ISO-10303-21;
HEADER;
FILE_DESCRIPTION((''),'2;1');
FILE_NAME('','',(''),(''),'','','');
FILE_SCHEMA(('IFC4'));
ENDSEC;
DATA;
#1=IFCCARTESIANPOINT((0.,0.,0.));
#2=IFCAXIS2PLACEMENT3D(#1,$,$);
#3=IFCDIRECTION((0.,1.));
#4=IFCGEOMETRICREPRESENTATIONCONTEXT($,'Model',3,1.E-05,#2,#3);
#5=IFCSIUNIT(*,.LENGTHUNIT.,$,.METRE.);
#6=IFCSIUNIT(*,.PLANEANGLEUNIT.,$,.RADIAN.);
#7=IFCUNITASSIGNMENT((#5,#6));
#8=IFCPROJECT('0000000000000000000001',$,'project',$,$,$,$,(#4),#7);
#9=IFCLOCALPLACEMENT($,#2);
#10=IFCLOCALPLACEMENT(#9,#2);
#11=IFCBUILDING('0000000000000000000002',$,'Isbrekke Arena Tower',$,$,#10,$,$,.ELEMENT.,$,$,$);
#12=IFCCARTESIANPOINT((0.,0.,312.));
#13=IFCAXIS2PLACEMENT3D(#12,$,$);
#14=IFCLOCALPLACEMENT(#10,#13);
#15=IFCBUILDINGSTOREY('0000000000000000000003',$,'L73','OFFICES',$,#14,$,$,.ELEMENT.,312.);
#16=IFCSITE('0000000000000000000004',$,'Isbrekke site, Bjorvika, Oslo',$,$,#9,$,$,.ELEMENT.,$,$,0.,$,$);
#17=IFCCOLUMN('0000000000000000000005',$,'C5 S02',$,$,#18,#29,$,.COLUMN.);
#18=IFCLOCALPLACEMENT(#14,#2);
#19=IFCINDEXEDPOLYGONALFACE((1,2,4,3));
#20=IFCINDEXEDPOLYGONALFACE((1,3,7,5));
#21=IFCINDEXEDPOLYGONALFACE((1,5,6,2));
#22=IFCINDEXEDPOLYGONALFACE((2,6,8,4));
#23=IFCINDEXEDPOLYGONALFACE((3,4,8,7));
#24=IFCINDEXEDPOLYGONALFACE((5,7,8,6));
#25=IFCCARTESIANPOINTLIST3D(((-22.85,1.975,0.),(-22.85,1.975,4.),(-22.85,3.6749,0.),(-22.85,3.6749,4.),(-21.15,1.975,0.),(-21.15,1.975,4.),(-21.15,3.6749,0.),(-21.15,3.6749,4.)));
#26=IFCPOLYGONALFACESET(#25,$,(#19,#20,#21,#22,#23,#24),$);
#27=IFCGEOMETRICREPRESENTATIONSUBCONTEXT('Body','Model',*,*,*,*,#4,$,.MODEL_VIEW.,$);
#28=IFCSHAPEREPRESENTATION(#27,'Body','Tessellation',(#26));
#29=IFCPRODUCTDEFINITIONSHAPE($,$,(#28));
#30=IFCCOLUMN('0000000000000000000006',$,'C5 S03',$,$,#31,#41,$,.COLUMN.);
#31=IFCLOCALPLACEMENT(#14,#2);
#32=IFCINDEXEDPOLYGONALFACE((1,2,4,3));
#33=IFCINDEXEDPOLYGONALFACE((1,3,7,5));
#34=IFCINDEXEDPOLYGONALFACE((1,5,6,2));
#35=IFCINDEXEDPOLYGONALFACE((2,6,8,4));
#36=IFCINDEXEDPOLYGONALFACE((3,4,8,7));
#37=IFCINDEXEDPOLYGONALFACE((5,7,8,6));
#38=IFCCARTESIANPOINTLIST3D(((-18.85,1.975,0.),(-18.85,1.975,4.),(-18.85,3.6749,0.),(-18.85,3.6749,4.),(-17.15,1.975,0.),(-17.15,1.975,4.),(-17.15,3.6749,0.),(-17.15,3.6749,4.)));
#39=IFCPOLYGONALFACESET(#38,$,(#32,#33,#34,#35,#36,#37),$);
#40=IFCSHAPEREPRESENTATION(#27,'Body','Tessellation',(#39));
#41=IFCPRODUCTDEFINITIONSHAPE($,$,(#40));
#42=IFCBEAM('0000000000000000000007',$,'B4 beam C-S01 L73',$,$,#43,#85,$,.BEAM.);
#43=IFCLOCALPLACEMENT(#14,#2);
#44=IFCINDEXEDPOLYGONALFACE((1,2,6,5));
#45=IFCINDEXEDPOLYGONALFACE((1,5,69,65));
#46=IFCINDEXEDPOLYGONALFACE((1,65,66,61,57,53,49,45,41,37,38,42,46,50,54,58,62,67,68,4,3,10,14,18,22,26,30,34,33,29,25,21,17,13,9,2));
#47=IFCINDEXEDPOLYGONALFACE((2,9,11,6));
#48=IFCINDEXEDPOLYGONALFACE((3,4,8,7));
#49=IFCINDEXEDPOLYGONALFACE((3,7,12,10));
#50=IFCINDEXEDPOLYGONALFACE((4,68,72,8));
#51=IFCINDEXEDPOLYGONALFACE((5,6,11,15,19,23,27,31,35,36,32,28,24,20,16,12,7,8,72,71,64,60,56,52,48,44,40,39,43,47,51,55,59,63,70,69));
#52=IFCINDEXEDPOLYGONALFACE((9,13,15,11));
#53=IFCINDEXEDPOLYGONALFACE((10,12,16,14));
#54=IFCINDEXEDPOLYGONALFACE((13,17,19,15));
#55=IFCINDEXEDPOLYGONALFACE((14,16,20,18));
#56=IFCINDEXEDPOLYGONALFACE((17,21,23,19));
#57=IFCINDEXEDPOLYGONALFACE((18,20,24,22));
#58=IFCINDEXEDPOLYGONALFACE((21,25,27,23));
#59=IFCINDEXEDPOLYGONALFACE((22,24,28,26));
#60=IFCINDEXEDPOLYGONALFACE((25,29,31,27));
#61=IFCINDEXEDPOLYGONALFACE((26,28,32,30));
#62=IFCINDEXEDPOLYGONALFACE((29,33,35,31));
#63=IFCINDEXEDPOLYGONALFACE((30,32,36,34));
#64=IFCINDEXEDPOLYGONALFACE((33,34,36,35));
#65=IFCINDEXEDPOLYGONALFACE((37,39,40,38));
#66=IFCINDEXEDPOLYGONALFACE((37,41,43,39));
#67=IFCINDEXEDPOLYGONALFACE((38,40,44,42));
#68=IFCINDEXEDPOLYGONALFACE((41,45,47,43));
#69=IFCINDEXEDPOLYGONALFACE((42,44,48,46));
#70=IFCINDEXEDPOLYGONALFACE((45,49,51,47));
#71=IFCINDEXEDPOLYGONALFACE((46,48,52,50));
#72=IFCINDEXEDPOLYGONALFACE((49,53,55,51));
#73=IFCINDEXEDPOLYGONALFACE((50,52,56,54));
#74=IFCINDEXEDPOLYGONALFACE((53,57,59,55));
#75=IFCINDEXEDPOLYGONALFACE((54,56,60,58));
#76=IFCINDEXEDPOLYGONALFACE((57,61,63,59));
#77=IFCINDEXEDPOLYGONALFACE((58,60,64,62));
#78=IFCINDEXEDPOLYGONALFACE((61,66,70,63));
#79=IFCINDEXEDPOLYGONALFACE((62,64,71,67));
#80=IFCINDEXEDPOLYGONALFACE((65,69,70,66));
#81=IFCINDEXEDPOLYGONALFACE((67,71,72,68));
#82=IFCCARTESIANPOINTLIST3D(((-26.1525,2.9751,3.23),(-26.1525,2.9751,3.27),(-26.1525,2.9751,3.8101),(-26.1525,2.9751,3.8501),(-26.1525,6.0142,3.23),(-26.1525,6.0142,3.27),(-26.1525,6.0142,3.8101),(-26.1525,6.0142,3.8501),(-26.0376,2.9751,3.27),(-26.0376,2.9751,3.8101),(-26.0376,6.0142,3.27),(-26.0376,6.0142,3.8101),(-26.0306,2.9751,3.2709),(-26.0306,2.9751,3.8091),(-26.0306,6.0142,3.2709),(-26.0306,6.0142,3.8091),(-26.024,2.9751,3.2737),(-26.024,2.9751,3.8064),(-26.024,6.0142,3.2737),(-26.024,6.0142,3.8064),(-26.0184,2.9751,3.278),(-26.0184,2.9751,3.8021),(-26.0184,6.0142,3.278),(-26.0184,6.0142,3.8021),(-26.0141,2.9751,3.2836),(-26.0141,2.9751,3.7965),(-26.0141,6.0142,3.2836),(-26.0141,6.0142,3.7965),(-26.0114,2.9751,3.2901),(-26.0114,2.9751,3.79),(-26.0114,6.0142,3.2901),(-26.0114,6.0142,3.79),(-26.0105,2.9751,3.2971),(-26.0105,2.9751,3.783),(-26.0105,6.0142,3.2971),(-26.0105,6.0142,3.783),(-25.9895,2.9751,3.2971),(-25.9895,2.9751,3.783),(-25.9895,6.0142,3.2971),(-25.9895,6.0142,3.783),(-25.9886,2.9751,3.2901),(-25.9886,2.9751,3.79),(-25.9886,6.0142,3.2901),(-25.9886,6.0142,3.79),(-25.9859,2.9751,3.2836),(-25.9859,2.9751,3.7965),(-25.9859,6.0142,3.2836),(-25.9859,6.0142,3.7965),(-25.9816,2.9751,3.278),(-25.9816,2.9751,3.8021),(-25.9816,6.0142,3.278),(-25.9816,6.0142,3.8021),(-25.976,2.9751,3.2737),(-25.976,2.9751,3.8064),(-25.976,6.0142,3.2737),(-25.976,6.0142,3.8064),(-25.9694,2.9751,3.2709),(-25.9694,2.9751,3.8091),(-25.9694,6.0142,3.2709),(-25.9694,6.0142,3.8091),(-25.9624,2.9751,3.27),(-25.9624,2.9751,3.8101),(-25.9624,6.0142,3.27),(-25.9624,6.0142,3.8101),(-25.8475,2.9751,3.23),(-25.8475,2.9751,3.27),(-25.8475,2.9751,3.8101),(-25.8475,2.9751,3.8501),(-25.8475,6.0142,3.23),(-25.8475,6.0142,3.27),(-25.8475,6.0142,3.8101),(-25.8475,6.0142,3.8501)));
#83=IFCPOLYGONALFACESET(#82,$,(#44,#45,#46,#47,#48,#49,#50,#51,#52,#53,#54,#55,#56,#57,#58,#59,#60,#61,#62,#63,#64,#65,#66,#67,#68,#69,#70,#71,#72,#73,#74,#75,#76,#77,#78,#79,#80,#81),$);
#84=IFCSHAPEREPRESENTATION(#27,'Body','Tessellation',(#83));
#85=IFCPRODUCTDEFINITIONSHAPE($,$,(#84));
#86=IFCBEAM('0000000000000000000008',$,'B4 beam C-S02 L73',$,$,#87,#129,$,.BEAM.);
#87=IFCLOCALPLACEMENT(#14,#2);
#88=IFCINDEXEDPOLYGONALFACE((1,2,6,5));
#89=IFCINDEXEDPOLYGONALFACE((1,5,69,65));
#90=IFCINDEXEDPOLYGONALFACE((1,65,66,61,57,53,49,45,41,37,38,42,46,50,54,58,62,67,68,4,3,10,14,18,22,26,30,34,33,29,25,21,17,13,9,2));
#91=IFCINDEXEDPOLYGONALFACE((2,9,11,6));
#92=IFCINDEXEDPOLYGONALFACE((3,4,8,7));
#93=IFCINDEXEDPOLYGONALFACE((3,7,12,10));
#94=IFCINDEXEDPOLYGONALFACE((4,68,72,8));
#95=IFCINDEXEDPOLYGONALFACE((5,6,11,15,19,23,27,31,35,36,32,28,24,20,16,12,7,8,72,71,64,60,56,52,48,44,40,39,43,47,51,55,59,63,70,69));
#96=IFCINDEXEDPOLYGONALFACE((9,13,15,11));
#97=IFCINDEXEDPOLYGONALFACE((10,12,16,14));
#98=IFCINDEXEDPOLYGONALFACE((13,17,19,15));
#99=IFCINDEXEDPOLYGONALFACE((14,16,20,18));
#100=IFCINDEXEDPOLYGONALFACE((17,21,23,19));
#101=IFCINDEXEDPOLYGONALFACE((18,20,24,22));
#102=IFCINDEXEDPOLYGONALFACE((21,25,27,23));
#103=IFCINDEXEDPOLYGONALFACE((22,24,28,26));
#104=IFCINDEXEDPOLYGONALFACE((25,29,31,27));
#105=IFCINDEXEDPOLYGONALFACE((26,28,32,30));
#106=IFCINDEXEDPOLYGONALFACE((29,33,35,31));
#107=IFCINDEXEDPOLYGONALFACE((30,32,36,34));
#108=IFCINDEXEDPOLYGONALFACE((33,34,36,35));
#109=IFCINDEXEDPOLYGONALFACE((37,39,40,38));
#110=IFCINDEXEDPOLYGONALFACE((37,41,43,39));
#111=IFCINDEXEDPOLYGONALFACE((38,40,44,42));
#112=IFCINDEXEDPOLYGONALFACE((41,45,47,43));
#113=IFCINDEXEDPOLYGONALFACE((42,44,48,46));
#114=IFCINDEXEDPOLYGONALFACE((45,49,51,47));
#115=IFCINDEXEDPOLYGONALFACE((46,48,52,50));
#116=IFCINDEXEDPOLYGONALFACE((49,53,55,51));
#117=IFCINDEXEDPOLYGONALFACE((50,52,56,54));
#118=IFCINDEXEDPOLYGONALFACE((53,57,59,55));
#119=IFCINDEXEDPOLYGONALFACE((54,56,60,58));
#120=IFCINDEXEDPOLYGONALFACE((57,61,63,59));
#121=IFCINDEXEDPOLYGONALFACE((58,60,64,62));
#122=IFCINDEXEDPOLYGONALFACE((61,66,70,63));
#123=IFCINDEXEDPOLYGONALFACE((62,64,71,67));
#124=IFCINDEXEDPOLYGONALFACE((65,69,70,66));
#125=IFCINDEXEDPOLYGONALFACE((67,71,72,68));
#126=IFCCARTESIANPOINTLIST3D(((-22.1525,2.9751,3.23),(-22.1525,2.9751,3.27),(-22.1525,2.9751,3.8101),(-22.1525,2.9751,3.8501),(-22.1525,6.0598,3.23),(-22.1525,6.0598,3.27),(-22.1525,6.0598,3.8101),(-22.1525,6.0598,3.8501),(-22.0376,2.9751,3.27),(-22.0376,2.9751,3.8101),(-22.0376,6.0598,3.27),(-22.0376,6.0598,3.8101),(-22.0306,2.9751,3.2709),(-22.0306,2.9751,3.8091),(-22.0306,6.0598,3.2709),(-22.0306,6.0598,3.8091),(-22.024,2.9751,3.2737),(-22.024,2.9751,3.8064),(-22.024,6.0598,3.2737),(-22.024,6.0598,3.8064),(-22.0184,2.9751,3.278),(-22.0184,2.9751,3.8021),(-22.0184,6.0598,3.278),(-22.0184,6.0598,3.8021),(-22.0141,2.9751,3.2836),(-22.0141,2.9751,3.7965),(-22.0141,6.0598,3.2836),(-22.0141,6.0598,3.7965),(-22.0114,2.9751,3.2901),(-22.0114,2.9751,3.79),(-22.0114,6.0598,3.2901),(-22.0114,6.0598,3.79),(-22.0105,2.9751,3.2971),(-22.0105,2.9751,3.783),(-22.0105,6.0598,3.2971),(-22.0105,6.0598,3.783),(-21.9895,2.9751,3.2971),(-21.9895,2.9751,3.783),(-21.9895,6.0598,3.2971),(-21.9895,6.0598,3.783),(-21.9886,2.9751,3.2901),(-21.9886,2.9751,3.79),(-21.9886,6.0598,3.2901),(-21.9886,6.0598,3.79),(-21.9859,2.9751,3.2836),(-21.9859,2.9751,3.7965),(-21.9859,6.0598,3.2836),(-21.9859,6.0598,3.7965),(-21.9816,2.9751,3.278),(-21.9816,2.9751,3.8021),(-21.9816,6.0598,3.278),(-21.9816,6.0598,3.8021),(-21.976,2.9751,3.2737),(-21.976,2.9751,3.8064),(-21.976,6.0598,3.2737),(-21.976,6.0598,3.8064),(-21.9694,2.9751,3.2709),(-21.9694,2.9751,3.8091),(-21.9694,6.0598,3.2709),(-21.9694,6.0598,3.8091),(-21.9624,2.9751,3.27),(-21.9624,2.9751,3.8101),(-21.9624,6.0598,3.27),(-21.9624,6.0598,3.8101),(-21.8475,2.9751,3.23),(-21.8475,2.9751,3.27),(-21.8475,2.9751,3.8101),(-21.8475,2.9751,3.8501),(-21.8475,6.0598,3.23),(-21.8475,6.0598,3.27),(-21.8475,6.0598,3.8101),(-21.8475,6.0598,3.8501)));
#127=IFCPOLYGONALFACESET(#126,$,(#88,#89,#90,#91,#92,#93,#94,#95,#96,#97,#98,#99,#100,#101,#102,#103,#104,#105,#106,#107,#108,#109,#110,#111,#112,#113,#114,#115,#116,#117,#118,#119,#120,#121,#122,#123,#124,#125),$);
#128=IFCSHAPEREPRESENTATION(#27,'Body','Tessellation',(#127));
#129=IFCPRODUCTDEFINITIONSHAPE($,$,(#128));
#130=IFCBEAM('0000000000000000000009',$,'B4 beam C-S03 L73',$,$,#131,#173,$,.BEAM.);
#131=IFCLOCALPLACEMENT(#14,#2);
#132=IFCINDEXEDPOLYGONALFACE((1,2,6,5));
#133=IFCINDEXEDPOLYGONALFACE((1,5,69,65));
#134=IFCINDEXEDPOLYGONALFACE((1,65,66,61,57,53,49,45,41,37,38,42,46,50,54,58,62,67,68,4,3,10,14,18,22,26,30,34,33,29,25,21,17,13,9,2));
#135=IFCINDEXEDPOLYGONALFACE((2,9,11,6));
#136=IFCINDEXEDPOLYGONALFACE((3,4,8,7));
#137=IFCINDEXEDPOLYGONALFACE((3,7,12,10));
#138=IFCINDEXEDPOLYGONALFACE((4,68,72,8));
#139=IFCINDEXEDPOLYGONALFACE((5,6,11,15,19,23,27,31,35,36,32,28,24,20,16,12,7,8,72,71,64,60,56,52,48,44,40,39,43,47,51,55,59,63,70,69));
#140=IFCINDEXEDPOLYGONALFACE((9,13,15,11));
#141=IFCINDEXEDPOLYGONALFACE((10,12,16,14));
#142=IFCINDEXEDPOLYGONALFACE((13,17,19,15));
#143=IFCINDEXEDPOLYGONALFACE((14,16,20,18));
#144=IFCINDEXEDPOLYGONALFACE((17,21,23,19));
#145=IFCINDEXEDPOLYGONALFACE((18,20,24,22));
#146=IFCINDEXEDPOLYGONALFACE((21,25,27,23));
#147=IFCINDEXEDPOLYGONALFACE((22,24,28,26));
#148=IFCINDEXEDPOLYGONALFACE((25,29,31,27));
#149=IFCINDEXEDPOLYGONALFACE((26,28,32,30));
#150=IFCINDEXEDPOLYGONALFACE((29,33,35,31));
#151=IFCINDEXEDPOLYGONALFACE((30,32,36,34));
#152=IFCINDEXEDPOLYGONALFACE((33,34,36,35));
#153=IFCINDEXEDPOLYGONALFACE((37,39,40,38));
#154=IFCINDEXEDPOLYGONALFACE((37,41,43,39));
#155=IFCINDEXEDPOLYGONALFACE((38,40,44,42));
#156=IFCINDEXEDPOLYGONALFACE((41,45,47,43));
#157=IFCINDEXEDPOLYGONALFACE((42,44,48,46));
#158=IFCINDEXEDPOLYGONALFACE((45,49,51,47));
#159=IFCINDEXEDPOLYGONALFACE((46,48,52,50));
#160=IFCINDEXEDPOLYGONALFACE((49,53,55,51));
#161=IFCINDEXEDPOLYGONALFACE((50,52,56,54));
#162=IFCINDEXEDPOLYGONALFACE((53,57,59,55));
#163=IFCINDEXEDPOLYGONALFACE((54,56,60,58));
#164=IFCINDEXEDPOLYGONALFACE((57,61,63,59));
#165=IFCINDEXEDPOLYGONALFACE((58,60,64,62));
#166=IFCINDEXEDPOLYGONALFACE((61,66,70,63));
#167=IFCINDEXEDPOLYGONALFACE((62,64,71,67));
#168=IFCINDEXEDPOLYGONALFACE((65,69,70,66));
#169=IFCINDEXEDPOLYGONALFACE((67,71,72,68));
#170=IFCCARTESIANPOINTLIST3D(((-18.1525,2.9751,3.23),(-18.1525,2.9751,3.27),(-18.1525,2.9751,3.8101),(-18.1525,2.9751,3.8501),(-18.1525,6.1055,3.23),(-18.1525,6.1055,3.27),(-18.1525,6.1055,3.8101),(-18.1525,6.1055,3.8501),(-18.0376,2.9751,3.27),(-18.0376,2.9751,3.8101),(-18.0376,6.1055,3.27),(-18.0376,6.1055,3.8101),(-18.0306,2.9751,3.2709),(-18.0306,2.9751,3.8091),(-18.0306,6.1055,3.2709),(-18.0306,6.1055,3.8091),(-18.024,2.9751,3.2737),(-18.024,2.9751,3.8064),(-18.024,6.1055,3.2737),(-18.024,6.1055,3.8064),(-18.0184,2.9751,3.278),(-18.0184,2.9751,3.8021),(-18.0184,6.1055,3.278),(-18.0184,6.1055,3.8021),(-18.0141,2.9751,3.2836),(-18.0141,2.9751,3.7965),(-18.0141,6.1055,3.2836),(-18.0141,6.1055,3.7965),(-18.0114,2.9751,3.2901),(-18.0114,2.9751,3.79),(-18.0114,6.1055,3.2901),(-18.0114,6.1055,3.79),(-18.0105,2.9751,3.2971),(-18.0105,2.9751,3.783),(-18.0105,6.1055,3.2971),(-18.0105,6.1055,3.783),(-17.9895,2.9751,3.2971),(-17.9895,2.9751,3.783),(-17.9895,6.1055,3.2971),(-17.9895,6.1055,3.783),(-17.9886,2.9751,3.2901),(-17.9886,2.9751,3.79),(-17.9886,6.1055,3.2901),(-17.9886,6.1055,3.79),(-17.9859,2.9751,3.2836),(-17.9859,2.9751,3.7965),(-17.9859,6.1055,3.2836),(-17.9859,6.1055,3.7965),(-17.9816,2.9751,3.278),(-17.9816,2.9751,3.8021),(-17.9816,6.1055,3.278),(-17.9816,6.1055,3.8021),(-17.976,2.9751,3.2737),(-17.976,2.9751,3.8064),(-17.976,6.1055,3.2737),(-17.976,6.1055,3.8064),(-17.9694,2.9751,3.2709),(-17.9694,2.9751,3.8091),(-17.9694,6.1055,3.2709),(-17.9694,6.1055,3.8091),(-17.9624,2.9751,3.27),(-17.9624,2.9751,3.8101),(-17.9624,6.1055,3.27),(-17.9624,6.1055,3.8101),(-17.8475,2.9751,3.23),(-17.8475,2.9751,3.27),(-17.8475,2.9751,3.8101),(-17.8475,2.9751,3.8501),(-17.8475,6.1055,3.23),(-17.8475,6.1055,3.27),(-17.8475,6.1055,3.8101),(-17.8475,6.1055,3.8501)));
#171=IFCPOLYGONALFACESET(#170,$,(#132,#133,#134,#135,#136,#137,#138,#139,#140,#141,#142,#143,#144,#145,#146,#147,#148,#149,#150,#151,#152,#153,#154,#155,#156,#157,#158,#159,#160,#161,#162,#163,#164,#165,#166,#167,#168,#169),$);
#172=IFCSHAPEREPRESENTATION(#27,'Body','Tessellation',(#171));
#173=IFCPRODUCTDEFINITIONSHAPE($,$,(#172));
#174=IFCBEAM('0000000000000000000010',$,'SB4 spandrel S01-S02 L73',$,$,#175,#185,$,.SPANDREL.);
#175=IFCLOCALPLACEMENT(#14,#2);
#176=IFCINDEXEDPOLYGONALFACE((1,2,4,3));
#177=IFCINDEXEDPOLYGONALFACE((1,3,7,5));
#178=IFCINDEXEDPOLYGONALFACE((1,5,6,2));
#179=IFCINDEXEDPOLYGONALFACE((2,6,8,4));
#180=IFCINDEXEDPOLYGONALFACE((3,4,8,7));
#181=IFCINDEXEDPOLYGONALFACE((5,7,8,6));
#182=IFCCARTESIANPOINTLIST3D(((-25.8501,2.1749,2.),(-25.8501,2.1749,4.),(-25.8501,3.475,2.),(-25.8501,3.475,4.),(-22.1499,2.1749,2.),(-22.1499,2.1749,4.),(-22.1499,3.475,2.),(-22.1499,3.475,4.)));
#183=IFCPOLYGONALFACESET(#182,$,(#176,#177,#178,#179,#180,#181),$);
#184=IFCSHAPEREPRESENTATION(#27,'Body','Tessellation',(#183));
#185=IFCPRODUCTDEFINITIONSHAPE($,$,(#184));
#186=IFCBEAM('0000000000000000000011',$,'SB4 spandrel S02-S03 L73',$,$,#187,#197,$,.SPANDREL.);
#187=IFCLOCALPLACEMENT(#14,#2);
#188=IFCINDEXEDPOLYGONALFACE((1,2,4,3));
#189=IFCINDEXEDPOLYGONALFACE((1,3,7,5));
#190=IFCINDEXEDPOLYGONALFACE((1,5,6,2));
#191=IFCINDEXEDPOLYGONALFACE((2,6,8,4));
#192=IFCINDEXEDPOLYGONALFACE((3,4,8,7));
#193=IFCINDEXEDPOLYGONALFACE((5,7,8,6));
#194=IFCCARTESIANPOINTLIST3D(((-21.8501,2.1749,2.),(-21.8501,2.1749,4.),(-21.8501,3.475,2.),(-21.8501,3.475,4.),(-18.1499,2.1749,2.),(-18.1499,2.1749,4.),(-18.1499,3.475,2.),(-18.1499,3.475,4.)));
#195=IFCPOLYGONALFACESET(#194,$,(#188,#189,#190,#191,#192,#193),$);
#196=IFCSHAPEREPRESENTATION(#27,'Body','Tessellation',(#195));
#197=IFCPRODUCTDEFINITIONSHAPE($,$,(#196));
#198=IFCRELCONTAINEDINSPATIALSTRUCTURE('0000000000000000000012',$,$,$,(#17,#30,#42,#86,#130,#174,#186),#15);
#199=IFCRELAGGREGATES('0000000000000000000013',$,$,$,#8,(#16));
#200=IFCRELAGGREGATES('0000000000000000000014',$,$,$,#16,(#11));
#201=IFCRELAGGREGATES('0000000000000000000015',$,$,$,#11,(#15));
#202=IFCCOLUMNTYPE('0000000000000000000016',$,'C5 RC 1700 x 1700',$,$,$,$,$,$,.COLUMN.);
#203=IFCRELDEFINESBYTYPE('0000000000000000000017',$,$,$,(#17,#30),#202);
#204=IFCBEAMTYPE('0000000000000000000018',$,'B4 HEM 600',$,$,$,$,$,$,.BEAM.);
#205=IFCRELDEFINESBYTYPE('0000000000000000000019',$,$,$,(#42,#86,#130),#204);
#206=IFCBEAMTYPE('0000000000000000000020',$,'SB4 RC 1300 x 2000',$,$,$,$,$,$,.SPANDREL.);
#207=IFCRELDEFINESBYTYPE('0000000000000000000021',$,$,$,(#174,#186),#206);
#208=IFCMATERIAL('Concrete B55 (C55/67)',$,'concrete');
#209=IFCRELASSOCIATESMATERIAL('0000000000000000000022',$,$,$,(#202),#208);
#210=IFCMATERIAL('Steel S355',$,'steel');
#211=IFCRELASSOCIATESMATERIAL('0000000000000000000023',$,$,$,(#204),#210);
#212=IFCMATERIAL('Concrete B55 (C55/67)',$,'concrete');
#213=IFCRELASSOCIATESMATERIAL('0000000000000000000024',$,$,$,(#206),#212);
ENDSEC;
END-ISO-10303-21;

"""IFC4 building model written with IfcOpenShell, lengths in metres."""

from ifc_helpers import new_model, si_unit, direction, frame, origin, origin_2d, place, context, subcontext, project, spatial, rectangle, i_section, extrude, material, material_profile, profile_set, type_object, element, save


model = new_model("IFC4")

# Units and contexts
model_context = context("Model", 3, precision=1e-05, world=origin(), true_north=direction((0.0, 1.0)))
body_context = subcontext(model_context, "Body", "Model", "MODEL_VIEW")
ifc_project = project(units=[si_unit("LENGTHUNIT", "METRE"), si_unit("PLANEANGLEUNIT", "RADIAN")], contexts=[model_context])

# Site, building, storey
site_placement = place(None, origin())
site = spatial("IfcSite", under=ifc_project, at=site_placement, Name="Isbrekke site, Bjorvika, Oslo", CompositionType="ELEMENT", RefElevation=0.0)
building_placement = place(site_placement, origin())
building = spatial("IfcBuilding", under=site, at=building_placement, Name="Isbrekke Arena Tower", CompositionType="ELEMENT")
storey_placement = place(building_placement, frame((0.0, 0.0, 312.0)))
storey = spatial("IfcBuildingStorey", under=building, at=storey_placement, Name="L73", Description="OFFICES", CompositionType="ELEMENT", Elevation=312.0)

# Columns
ifc_material_1 = material(Name="Concrete B55 (C55/67)", Category="concrete")
ifc_material_profile_1 = material_profile(ifc_material_1, rectangle(XDim=1.7, YDim=1.7, at=origin_2d()), Name="RC 1700x1700")
ifc_profile_set_1 = profile_set([ifc_material_profile_1], Name="Concrete B55 (C55/67)")
column_type = type_object("IfcColumnType", Name="C5 RC 1700 x 1700", PredefinedType="COLUMN", material=ifc_profile_set_1)
for number, where, z_axis, x_axis, name in (
    (1, (-22.0, 2.825, 0.0), (0.0, 0.0, 1.0), (1.0, 0.0, 0.0), "C5 S02"),
    (2, (-18.0, 2.825, 0.0), (0.0, 0.0, 1.0), (1.0, 0.0, 0.0), "C5 S03"),
):
    element("IfcColumn", number, at=place(storey_placement, frame(where, z_axis=z_axis, x_axis=x_axis)), inside=storey, type_object=column_type, Name=name, PredefinedType="COLUMN", context=body_context, shape_type="SweptSolid", body=[
        extrude(rectangle(XDim=1.7, YDim=1.7, at=origin_2d()), origin(), (0.0, 0.0, 1.0), 4.0),
    ])

# Beams
ifc_material_2 = material(Name="Steel S355", Category="steel")
ifc_material_profile_2 = material_profile(ifc_material_2, i_section(OverallWidth=0.3049, OverallDepth=0.6201, WebThickness=0.021, FlangeThickness=0.04, FilletRadius=0.0271, at=origin_2d()), Name="HEM 600")
ifc_profile_set_2 = profile_set([ifc_material_profile_2], Name="Steel S355")
beam_type_1 = type_object("IfcBeamType", Name="B4 HEM 600", PredefinedType="BEAM", material=ifc_profile_set_2)
beam_1_placement = place(storey_placement, frame((-26.0, 2.9751, 3.54), z_axis=(0.0, 1.0, 0.0), x_axis=(-1.0, 0.0, 0.0)))
element("IfcBeam", 3, at=beam_1_placement, inside=storey, type_object=beam_type_1, Name="B4 beam C-S01 L73", PredefinedType="BEAM", context=body_context, shape_type="SweptSolid", body=[
    extrude(i_section(OverallWidth=0.3049, OverallDepth=0.6201, WebThickness=0.021, FlangeThickness=0.04, FilletRadius=0.0271, at=origin_2d()), origin(), (0.0, 0.0, 1.0), 3.0391),
])
beam_2_placement = place(storey_placement, frame((-22.0, 2.9751, 3.54), z_axis=(0.0, 1.0, 0.0), x_axis=(-1.0, 0.0, 0.0)))
element("IfcBeam", 4, at=beam_2_placement, inside=storey, type_object=beam_type_1, Name="B4 beam C-S02 L73", PredefinedType="BEAM", context=body_context, shape_type="SweptSolid", body=[
    extrude(i_section(OverallWidth=0.3049, OverallDepth=0.6201, WebThickness=0.021, FlangeThickness=0.04, FilletRadius=0.0271, at=origin_2d()), origin(), (0.0, 0.0, 1.0), 3.0847),
])
beam_3_placement = place(storey_placement, frame((-18.0, 2.9751, 3.54), z_axis=(0.0, 1.0, 0.0), x_axis=(-1.0, 0.0, 0.0)))
element("IfcBeam", 5, at=beam_3_placement, inside=storey, type_object=beam_type_1, Name="B4 beam C-S03 L73", PredefinedType="BEAM", context=body_context, shape_type="SweptSolid", body=[
    extrude(i_section(OverallWidth=0.3049, OverallDepth=0.6201, WebThickness=0.021, FlangeThickness=0.04, FilletRadius=0.0271, at=origin_2d()), origin(), (0.0, 0.0, 1.0), 3.1304),
])
ifc_material_3 = material(Name="Concrete B55 (C55/67)", Category="concrete")
ifc_material_profile_3 = material_profile(ifc_material_3, rectangle(XDim=1.3, YDim=2.0, at=origin_2d()), Name="RC 1300x2000")
ifc_profile_set_3 = profile_set([ifc_material_profile_3], Name="Concrete B55 (C55/67)")
beam_type_2 = type_object("IfcBeamType", Name="SB4 RC 1300 x 2000", PredefinedType="SPANDREL", material=ifc_profile_set_3)
for number, where, z_axis, x_axis, name in (
    (6, (-25.8501, 2.825, 3.0), (1.0, 0.0, 0.0), (0.0, 1.0, 0.0), "SB4 spandrel S01-S02 L73"),
    (7, (-21.8501, 2.825, 3.0), (1.0, 0.0, 0.0), (0.0, 1.0, 0.0), "SB4 spandrel S02-S03 L73"),
):
    element("IfcBeam", number, at=place(storey_placement, frame(where, z_axis=z_axis, x_axis=x_axis)), inside=storey, type_object=beam_type_2, Name=name, PredefinedType="SPANDREL", context=body_context, shape_type="SweptSolid", body=[
        extrude(rectangle(XDim=1.3, YDim=2.0, at=origin_2d()), origin(), (0.0, 0.0, 1.0), 3.7002),
    ])

save(model, "model.ifc")
